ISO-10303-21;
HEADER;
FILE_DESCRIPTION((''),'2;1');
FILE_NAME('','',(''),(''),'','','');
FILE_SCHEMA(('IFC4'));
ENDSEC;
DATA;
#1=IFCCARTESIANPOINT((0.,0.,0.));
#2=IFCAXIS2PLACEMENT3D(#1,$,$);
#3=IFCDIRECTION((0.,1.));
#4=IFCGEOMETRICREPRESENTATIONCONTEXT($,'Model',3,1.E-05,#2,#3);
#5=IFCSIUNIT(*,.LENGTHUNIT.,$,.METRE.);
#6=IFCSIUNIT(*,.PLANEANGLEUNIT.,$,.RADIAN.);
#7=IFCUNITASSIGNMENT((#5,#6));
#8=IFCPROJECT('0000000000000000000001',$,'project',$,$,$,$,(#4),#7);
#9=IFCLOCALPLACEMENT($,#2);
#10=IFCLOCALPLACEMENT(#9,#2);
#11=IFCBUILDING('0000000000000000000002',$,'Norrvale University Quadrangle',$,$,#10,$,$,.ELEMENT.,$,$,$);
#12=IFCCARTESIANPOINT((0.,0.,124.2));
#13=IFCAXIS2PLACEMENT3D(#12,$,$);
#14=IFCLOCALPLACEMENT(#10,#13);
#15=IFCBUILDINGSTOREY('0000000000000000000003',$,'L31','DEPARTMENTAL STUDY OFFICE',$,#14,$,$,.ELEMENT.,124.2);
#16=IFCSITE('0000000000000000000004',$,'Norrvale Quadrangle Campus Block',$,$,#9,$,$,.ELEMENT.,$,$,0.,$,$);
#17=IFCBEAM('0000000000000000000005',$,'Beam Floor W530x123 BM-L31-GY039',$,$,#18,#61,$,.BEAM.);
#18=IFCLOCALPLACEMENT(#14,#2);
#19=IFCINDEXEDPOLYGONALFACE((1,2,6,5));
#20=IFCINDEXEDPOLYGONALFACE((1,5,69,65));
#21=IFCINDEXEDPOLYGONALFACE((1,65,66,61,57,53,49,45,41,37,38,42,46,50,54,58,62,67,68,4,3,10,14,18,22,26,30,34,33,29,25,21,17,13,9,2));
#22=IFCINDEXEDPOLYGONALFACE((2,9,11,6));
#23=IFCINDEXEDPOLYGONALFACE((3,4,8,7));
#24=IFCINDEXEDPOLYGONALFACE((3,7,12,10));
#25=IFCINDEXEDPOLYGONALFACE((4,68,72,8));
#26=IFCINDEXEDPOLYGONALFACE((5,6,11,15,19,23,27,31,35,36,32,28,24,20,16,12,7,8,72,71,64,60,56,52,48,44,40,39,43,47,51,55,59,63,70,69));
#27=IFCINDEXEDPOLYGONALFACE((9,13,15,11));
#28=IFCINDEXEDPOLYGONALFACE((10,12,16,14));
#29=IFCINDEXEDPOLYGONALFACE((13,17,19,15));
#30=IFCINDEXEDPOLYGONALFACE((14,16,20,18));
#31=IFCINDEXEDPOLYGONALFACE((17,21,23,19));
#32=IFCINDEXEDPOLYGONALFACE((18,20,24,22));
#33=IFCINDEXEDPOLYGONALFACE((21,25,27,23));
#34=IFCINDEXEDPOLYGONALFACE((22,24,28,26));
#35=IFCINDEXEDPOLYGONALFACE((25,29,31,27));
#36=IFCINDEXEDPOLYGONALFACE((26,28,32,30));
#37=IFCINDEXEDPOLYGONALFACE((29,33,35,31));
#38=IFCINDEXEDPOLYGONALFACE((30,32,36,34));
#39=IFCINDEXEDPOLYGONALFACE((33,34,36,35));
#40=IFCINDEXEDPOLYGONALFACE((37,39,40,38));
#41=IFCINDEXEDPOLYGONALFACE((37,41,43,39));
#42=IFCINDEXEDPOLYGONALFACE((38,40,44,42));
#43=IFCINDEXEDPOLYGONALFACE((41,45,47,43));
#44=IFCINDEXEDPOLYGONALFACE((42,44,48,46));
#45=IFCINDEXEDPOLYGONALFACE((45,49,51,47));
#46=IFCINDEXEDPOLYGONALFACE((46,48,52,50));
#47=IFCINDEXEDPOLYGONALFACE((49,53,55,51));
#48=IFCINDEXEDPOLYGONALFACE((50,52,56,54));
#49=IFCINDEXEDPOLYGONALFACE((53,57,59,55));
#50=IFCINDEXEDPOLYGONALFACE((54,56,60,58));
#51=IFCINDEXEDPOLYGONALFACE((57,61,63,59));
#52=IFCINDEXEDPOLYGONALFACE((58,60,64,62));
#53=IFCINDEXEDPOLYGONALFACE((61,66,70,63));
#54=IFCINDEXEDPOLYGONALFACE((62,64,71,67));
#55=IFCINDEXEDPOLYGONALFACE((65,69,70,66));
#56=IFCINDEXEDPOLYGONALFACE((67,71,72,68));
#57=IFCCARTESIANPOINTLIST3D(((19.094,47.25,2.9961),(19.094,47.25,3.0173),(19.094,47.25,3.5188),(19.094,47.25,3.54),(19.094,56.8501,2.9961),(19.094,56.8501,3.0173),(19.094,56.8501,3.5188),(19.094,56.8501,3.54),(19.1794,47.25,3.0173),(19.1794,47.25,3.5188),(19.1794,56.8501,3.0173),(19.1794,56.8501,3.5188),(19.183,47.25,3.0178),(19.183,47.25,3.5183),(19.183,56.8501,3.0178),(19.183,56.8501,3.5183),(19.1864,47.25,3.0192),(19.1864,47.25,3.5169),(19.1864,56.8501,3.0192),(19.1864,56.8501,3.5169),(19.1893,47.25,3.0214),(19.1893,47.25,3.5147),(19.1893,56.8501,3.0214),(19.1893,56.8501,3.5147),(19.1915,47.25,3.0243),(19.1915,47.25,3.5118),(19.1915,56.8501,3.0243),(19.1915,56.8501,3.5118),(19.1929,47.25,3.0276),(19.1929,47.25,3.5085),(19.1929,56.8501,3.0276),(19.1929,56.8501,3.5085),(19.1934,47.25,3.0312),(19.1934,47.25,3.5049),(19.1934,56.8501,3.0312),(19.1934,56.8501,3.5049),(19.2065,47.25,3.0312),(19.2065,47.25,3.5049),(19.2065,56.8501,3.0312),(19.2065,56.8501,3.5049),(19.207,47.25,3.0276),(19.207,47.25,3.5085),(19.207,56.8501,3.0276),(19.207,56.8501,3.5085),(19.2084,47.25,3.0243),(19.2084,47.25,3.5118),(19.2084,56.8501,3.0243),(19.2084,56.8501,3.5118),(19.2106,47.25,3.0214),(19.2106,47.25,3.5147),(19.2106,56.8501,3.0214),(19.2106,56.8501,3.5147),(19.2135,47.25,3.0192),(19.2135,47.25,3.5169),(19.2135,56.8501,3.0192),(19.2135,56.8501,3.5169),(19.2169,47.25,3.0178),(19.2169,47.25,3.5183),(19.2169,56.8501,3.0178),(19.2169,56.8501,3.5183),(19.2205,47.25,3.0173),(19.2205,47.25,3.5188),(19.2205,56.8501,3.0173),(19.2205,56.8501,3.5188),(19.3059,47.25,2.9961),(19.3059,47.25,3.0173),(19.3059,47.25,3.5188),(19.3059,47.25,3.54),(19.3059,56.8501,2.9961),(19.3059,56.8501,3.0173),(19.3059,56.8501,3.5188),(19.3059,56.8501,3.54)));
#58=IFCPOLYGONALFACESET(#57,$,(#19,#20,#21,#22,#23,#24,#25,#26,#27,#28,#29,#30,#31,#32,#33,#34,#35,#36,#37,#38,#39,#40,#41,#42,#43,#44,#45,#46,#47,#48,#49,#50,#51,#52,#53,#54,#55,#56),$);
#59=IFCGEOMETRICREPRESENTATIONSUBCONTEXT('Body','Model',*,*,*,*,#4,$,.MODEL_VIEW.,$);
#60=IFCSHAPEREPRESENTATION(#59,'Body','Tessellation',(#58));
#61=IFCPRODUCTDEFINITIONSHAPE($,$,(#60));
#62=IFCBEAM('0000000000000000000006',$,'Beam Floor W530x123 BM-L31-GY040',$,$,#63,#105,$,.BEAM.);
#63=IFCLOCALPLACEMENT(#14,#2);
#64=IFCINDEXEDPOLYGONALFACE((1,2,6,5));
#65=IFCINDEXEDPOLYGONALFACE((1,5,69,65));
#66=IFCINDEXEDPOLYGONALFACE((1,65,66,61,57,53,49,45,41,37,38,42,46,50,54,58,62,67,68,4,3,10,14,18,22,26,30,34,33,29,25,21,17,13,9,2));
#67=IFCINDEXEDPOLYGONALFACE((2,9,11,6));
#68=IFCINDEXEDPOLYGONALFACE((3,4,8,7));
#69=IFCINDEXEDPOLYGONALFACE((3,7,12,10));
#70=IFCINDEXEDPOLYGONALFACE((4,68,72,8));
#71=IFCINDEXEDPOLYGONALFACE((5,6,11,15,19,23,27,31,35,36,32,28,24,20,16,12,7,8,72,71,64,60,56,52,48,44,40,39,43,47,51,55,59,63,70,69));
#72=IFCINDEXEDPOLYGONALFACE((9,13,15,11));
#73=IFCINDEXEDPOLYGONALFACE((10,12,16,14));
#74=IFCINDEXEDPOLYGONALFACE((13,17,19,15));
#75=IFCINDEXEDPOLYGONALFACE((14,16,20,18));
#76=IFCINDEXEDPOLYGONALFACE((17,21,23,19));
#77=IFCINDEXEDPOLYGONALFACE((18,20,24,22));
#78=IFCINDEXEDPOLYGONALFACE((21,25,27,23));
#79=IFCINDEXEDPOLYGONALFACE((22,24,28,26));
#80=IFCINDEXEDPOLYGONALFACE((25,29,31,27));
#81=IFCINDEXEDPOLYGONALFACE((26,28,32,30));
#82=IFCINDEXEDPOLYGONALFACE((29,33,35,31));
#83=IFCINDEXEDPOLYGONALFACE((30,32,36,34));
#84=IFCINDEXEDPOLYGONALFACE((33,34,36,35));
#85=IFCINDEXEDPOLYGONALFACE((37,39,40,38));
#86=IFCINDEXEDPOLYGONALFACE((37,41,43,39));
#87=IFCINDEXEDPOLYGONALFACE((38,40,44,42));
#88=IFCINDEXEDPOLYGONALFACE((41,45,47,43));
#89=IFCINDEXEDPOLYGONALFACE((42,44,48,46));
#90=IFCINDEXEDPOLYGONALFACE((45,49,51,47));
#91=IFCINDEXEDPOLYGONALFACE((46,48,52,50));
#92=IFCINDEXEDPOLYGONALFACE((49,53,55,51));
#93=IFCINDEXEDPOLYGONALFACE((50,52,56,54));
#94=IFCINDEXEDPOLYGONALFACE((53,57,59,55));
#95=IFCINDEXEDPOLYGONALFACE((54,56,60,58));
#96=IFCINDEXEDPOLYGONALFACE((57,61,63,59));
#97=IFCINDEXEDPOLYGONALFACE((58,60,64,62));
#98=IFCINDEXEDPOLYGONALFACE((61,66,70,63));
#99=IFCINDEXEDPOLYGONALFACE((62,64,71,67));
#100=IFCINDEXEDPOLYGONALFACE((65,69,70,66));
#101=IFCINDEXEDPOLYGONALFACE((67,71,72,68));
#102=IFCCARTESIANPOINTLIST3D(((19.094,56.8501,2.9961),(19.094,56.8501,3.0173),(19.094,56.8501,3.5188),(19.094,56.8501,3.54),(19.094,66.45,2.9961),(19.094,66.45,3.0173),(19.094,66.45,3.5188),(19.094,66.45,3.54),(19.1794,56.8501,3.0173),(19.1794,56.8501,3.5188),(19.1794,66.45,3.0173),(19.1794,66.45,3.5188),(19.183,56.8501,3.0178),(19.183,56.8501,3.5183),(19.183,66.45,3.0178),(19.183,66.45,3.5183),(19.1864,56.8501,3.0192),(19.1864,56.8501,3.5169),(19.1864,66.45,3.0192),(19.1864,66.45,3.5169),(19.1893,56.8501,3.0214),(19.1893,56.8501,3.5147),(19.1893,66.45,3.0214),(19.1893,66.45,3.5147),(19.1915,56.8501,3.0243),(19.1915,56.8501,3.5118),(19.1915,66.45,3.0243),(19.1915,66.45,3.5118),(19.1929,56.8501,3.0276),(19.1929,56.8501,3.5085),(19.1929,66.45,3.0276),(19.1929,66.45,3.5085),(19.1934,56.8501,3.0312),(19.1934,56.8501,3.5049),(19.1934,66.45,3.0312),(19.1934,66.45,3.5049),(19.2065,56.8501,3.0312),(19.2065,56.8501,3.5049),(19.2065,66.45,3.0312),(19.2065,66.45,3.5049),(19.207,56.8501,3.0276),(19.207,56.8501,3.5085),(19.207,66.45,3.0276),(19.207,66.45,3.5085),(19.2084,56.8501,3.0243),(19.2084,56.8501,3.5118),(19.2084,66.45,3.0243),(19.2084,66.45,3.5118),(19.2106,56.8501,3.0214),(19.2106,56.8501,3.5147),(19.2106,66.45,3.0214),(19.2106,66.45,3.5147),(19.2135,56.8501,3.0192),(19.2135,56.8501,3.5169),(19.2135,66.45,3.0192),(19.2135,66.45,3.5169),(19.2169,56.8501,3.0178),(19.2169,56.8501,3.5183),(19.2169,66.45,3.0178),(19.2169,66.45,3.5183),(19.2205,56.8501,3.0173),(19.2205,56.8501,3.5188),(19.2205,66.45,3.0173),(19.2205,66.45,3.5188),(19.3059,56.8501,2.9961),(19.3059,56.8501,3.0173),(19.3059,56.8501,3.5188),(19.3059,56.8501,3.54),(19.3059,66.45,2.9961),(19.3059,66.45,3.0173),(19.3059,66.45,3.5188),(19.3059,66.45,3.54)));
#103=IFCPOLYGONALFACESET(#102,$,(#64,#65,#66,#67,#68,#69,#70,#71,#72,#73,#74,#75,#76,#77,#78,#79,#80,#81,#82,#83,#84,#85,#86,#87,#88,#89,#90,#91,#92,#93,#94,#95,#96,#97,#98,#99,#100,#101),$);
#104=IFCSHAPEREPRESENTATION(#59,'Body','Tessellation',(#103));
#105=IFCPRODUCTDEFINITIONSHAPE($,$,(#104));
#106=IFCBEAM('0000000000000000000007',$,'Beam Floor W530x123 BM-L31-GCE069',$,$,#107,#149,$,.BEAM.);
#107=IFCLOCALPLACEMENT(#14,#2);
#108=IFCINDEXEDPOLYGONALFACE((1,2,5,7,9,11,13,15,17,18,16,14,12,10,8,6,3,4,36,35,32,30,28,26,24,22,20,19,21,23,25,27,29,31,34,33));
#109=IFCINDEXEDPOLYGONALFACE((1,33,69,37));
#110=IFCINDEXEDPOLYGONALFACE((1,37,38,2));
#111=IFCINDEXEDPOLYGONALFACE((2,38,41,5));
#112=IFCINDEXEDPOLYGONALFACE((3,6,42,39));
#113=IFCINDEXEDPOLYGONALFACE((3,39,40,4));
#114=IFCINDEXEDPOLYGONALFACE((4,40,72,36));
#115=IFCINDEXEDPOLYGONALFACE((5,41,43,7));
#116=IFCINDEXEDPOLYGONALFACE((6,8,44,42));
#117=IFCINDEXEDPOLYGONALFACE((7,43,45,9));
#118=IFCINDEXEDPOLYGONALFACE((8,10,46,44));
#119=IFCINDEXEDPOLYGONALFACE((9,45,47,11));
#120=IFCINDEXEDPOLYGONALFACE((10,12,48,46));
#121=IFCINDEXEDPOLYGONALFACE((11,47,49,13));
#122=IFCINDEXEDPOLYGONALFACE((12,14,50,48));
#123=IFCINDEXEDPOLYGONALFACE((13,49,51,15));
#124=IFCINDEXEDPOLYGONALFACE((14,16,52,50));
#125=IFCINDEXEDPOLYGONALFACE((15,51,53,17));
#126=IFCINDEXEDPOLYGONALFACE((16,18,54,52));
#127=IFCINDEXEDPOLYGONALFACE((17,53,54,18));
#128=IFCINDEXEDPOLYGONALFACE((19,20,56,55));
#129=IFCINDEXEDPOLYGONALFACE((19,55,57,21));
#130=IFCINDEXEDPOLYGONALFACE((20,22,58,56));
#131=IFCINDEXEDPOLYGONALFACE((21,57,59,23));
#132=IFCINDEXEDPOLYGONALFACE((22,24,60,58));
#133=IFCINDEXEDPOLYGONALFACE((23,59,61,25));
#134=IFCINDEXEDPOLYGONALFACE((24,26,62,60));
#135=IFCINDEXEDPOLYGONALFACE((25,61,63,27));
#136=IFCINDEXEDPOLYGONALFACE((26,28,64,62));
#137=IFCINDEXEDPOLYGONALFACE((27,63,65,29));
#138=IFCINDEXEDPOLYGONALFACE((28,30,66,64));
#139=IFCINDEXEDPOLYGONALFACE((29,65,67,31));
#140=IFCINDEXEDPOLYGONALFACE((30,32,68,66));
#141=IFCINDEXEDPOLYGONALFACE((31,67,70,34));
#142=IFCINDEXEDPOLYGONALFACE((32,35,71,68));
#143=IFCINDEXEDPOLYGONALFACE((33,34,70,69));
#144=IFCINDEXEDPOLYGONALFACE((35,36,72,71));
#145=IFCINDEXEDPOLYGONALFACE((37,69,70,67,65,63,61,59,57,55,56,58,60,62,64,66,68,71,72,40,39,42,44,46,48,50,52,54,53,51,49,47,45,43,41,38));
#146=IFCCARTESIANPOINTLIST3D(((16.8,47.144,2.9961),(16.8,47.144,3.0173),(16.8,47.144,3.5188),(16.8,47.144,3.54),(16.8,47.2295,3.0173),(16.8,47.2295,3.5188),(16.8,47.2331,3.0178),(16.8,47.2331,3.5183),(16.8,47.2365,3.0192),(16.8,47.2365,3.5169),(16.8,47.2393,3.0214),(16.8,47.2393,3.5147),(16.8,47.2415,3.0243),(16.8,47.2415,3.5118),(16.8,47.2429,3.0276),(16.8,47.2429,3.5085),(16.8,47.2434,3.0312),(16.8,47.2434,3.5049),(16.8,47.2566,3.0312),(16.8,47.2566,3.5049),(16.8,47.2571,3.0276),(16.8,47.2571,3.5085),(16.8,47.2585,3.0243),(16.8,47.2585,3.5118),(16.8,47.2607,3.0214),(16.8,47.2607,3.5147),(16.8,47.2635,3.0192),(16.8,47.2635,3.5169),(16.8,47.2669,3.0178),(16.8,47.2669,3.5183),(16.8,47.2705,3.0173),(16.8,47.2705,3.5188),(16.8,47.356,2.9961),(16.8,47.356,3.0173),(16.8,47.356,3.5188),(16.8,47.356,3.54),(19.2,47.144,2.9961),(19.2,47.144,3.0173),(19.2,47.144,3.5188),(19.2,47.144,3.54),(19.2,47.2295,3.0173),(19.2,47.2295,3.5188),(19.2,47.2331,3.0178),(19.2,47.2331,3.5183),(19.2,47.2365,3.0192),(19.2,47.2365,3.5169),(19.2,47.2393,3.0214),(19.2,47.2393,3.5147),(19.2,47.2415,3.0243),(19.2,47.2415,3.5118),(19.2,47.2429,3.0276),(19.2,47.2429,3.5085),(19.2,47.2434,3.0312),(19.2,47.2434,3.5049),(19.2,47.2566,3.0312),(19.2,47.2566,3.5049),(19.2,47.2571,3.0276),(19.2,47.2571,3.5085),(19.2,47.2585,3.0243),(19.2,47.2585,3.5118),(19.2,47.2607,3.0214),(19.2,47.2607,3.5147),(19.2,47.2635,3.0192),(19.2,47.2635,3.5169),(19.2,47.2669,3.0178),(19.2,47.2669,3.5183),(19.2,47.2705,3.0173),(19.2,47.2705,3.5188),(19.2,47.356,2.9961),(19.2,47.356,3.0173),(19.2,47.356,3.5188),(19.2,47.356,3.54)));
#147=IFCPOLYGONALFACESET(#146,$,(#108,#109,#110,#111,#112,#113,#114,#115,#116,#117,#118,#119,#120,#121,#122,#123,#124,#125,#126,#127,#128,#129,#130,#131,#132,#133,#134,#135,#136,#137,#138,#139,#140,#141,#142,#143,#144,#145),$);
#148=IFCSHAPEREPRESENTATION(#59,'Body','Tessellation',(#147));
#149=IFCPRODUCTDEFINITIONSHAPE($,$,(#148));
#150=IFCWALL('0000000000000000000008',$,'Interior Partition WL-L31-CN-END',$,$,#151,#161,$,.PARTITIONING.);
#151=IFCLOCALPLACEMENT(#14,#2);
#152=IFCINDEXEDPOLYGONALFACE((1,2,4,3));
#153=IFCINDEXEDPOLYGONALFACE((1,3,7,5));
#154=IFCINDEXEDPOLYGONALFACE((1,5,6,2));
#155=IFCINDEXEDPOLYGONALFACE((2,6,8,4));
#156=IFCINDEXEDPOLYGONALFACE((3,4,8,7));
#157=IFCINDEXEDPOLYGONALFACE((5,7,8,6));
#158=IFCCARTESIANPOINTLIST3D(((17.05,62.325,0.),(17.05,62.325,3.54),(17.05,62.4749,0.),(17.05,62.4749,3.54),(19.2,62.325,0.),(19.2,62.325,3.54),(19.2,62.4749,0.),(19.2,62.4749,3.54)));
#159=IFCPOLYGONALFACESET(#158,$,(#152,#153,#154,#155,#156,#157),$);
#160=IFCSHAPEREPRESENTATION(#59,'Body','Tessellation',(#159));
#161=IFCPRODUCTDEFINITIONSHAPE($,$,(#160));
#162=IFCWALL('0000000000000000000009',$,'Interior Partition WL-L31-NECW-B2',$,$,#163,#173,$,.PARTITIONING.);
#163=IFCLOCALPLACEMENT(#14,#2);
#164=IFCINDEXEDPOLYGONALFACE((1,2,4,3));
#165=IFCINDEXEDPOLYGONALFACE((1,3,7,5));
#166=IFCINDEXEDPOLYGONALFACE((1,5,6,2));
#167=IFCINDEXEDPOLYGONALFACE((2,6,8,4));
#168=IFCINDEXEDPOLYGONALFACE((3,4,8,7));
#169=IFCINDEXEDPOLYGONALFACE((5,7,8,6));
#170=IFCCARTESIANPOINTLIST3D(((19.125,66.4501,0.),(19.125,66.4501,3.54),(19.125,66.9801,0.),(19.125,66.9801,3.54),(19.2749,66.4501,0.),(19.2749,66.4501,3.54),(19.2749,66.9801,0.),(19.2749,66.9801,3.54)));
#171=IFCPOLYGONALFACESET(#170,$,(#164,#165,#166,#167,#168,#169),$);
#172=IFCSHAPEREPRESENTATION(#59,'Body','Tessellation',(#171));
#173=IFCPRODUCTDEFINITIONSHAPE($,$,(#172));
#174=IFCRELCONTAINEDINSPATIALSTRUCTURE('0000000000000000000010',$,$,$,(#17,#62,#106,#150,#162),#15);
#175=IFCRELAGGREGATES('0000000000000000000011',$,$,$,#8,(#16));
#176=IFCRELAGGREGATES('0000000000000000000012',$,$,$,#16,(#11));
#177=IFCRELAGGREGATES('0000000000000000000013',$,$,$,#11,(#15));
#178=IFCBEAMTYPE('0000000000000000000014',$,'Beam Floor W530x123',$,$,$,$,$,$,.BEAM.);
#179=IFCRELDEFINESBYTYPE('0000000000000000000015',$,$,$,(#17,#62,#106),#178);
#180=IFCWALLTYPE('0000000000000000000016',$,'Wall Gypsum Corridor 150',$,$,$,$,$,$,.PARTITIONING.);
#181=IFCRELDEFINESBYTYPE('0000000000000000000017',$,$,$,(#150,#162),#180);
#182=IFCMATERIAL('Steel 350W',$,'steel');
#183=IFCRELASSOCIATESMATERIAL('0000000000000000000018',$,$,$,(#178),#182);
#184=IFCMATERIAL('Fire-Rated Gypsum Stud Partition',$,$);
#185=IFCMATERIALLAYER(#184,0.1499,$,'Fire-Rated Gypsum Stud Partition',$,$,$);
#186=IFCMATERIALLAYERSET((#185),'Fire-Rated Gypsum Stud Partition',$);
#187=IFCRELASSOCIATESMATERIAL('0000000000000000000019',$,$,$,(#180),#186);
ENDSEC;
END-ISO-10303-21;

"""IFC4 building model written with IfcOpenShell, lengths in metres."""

from ifc_helpers import new_model, si_unit, direction, frame, frame_2d, origin, origin_2d, place, context, subcontext, project, spatial, rectangle, i_section, extrude, material, layer, layer_set, material_profile, profile_set, type_object, element, save


model = new_model("IFC4")

# Units and contexts
model_context = context("Model", 3, precision=1e-05, world=origin(), true_north=direction((0.0, 1.0)))
body_context = subcontext(model_context, "Body", "Model", "MODEL_VIEW")
ifc_project = project(units=[si_unit("LENGTHUNIT", "METRE"), si_unit("PLANEANGLEUNIT", "RADIAN")], contexts=[model_context])

# Site, building, storey
site_placement = place(None, origin())
site = spatial("IfcSite", under=ifc_project, at=site_placement, Name="Norrvale Quadrangle Campus Block", CompositionType="ELEMENT", RefElevation=0.0)
building_placement = place(site_placement, origin())
building = spatial("IfcBuilding", under=site, at=building_placement, Name="Norrvale University Quadrangle", CompositionType="ELEMENT")
storey_placement = place(building_placement, frame((0.0, 0.0, 124.2)))
storey = spatial("IfcBuildingStorey", under=building, at=storey_placement, Name="L31", Description="DEPARTMENTAL STUDY OFFICE", CompositionType="ELEMENT", Elevation=124.2)

# Beams
ifc_material_1 = material(Name="Steel 350W", Category="steel")
ifc_material_profile_1 = material_profile(ifc_material_1, i_section(OverallWidth=0.2119, OverallDepth=0.5439, WebThickness=0.0132, FlangeThickness=0.0212, FilletRadius=0.0139, at=origin_2d()), Name="Steel 350W")
ifc_profile_set_1 = profile_set([ifc_material_profile_1], Name="Steel 350W")
beam_type_1 = type_object("IfcBeamType", Name="Beam Floor W530x123", PredefinedType="BEAM", material=ifc_profile_set_1)
for number, where, z_axis, x_axis, name in (
    (1, (19.2, 47.25, 3.2681), (0.0, 1.0, 0.0), (-1.0, 0.0, 0.0), "Beam Floor W530x123 BM-L31-GY039"),
):
    element("IfcBeam", number, at=place(storey_placement, frame(where, z_axis=z_axis, x_axis=x_axis)), inside=storey, type_object=beam_type_1, Name=name, PredefinedType="BEAM", context=body_context, shape_type="SweptSolid", body=[
        extrude(i_section(OverallWidth=0.2119, OverallDepth=0.5439, WebThickness=0.0132, FlangeThickness=0.0212, FilletRadius=0.0139, at=origin_2d()), origin(), (0.0, 0.0, 1.0), 9.6001),
    ])
beam_1_placement = place(storey_placement, frame((19.2, 56.8501, 3.2681), z_axis=(0.0, 1.0, 0.0), x_axis=(-1.0, 0.0, 0.0)))
element("IfcBeam", 2, at=beam_1_placement, inside=storey, type_object=beam_type_1, Name="Beam Floor W530x123 BM-L31-GY040", PredefinedType="BEAM", context=body_context, shape_type="SweptSolid", body=[
    extrude(i_section(OverallWidth=0.2119, OverallDepth=0.5439, WebThickness=0.0132, FlangeThickness=0.0212, FilletRadius=0.0139, at=origin_2d()), origin(), (0.0, 0.0, 1.0), 9.5999),
])
beam_2_placement = place(storey_placement, frame((16.8, 47.25, 3.2681), z_axis=(1.0, 0.0, 0.0), x_axis=(0.0, 1.0, 0.0)))
element("IfcBeam", 3, at=beam_2_placement, inside=storey, type_object=beam_type_1, Name="Beam Floor W530x123 BM-L31-GCE069", PredefinedType="BEAM", context=body_context, shape_type="SweptSolid", body=[
    extrude(i_section(OverallWidth=0.2119, OverallDepth=0.5439, WebThickness=0.0132, FlangeThickness=0.0212, FilletRadius=0.0139, at=origin_2d()), origin(), (0.0, 0.0, 1.0), 2.3999),
])

# Walls
ifc_material_2 = material(Name="Fire-Rated Gypsum Stud Partition")
ifc_layer = layer(ifc_material_2, 0.1499, Name="Fire-Rated Gypsum Stud Partition")
ifc_layer_set = layer_set([ifc_layer], Name="Fire-Rated Gypsum Stud Partition")
wall_type = type_object("IfcWallType", Name="Wall Gypsum Corridor 150", PredefinedType="PARTITIONING", material=ifc_layer_set)
wall_1_placement = place(storey_placement, frame((17.05, 62.3999, 0.0), z_axis=(0.0, 0.0, 1.0), x_axis=(1.0, 0.0, 0.0)))
element("IfcWall", 4, at=wall_1_placement, inside=storey, type_object=wall_type, Name="Interior Partition WL-L31-CN-END", PredefinedType="PARTITIONING", context=body_context, shape_type="SweptSolid", body=[
    extrude(rectangle(XDim=2.1499, YDim=0.1499, at=frame_2d((1.075, 0.0))), origin(), (0.0, 0.0, 1.0), 3.54),
])
wall_2_placement = place(storey_placement, frame((19.2, 66.45, 0.0), z_axis=(0.0, 0.0, 1.0), x_axis=(0.0, 1.0, 0.0)))
element("IfcWall", 5, at=wall_2_placement, inside=storey, type_object=wall_type, Name="Interior Partition WL-L31-NECW-B2", PredefinedType="PARTITIONING", context=body_context, shape_type="SweptSolid", body=[
    extrude(rectangle(XDim=0.53, YDim=0.1499, at=frame_2d((0.2651, 0.0))), origin(), (0.0, 0.0, 1.0), 3.54),
])

save(model, "model.ifc")
